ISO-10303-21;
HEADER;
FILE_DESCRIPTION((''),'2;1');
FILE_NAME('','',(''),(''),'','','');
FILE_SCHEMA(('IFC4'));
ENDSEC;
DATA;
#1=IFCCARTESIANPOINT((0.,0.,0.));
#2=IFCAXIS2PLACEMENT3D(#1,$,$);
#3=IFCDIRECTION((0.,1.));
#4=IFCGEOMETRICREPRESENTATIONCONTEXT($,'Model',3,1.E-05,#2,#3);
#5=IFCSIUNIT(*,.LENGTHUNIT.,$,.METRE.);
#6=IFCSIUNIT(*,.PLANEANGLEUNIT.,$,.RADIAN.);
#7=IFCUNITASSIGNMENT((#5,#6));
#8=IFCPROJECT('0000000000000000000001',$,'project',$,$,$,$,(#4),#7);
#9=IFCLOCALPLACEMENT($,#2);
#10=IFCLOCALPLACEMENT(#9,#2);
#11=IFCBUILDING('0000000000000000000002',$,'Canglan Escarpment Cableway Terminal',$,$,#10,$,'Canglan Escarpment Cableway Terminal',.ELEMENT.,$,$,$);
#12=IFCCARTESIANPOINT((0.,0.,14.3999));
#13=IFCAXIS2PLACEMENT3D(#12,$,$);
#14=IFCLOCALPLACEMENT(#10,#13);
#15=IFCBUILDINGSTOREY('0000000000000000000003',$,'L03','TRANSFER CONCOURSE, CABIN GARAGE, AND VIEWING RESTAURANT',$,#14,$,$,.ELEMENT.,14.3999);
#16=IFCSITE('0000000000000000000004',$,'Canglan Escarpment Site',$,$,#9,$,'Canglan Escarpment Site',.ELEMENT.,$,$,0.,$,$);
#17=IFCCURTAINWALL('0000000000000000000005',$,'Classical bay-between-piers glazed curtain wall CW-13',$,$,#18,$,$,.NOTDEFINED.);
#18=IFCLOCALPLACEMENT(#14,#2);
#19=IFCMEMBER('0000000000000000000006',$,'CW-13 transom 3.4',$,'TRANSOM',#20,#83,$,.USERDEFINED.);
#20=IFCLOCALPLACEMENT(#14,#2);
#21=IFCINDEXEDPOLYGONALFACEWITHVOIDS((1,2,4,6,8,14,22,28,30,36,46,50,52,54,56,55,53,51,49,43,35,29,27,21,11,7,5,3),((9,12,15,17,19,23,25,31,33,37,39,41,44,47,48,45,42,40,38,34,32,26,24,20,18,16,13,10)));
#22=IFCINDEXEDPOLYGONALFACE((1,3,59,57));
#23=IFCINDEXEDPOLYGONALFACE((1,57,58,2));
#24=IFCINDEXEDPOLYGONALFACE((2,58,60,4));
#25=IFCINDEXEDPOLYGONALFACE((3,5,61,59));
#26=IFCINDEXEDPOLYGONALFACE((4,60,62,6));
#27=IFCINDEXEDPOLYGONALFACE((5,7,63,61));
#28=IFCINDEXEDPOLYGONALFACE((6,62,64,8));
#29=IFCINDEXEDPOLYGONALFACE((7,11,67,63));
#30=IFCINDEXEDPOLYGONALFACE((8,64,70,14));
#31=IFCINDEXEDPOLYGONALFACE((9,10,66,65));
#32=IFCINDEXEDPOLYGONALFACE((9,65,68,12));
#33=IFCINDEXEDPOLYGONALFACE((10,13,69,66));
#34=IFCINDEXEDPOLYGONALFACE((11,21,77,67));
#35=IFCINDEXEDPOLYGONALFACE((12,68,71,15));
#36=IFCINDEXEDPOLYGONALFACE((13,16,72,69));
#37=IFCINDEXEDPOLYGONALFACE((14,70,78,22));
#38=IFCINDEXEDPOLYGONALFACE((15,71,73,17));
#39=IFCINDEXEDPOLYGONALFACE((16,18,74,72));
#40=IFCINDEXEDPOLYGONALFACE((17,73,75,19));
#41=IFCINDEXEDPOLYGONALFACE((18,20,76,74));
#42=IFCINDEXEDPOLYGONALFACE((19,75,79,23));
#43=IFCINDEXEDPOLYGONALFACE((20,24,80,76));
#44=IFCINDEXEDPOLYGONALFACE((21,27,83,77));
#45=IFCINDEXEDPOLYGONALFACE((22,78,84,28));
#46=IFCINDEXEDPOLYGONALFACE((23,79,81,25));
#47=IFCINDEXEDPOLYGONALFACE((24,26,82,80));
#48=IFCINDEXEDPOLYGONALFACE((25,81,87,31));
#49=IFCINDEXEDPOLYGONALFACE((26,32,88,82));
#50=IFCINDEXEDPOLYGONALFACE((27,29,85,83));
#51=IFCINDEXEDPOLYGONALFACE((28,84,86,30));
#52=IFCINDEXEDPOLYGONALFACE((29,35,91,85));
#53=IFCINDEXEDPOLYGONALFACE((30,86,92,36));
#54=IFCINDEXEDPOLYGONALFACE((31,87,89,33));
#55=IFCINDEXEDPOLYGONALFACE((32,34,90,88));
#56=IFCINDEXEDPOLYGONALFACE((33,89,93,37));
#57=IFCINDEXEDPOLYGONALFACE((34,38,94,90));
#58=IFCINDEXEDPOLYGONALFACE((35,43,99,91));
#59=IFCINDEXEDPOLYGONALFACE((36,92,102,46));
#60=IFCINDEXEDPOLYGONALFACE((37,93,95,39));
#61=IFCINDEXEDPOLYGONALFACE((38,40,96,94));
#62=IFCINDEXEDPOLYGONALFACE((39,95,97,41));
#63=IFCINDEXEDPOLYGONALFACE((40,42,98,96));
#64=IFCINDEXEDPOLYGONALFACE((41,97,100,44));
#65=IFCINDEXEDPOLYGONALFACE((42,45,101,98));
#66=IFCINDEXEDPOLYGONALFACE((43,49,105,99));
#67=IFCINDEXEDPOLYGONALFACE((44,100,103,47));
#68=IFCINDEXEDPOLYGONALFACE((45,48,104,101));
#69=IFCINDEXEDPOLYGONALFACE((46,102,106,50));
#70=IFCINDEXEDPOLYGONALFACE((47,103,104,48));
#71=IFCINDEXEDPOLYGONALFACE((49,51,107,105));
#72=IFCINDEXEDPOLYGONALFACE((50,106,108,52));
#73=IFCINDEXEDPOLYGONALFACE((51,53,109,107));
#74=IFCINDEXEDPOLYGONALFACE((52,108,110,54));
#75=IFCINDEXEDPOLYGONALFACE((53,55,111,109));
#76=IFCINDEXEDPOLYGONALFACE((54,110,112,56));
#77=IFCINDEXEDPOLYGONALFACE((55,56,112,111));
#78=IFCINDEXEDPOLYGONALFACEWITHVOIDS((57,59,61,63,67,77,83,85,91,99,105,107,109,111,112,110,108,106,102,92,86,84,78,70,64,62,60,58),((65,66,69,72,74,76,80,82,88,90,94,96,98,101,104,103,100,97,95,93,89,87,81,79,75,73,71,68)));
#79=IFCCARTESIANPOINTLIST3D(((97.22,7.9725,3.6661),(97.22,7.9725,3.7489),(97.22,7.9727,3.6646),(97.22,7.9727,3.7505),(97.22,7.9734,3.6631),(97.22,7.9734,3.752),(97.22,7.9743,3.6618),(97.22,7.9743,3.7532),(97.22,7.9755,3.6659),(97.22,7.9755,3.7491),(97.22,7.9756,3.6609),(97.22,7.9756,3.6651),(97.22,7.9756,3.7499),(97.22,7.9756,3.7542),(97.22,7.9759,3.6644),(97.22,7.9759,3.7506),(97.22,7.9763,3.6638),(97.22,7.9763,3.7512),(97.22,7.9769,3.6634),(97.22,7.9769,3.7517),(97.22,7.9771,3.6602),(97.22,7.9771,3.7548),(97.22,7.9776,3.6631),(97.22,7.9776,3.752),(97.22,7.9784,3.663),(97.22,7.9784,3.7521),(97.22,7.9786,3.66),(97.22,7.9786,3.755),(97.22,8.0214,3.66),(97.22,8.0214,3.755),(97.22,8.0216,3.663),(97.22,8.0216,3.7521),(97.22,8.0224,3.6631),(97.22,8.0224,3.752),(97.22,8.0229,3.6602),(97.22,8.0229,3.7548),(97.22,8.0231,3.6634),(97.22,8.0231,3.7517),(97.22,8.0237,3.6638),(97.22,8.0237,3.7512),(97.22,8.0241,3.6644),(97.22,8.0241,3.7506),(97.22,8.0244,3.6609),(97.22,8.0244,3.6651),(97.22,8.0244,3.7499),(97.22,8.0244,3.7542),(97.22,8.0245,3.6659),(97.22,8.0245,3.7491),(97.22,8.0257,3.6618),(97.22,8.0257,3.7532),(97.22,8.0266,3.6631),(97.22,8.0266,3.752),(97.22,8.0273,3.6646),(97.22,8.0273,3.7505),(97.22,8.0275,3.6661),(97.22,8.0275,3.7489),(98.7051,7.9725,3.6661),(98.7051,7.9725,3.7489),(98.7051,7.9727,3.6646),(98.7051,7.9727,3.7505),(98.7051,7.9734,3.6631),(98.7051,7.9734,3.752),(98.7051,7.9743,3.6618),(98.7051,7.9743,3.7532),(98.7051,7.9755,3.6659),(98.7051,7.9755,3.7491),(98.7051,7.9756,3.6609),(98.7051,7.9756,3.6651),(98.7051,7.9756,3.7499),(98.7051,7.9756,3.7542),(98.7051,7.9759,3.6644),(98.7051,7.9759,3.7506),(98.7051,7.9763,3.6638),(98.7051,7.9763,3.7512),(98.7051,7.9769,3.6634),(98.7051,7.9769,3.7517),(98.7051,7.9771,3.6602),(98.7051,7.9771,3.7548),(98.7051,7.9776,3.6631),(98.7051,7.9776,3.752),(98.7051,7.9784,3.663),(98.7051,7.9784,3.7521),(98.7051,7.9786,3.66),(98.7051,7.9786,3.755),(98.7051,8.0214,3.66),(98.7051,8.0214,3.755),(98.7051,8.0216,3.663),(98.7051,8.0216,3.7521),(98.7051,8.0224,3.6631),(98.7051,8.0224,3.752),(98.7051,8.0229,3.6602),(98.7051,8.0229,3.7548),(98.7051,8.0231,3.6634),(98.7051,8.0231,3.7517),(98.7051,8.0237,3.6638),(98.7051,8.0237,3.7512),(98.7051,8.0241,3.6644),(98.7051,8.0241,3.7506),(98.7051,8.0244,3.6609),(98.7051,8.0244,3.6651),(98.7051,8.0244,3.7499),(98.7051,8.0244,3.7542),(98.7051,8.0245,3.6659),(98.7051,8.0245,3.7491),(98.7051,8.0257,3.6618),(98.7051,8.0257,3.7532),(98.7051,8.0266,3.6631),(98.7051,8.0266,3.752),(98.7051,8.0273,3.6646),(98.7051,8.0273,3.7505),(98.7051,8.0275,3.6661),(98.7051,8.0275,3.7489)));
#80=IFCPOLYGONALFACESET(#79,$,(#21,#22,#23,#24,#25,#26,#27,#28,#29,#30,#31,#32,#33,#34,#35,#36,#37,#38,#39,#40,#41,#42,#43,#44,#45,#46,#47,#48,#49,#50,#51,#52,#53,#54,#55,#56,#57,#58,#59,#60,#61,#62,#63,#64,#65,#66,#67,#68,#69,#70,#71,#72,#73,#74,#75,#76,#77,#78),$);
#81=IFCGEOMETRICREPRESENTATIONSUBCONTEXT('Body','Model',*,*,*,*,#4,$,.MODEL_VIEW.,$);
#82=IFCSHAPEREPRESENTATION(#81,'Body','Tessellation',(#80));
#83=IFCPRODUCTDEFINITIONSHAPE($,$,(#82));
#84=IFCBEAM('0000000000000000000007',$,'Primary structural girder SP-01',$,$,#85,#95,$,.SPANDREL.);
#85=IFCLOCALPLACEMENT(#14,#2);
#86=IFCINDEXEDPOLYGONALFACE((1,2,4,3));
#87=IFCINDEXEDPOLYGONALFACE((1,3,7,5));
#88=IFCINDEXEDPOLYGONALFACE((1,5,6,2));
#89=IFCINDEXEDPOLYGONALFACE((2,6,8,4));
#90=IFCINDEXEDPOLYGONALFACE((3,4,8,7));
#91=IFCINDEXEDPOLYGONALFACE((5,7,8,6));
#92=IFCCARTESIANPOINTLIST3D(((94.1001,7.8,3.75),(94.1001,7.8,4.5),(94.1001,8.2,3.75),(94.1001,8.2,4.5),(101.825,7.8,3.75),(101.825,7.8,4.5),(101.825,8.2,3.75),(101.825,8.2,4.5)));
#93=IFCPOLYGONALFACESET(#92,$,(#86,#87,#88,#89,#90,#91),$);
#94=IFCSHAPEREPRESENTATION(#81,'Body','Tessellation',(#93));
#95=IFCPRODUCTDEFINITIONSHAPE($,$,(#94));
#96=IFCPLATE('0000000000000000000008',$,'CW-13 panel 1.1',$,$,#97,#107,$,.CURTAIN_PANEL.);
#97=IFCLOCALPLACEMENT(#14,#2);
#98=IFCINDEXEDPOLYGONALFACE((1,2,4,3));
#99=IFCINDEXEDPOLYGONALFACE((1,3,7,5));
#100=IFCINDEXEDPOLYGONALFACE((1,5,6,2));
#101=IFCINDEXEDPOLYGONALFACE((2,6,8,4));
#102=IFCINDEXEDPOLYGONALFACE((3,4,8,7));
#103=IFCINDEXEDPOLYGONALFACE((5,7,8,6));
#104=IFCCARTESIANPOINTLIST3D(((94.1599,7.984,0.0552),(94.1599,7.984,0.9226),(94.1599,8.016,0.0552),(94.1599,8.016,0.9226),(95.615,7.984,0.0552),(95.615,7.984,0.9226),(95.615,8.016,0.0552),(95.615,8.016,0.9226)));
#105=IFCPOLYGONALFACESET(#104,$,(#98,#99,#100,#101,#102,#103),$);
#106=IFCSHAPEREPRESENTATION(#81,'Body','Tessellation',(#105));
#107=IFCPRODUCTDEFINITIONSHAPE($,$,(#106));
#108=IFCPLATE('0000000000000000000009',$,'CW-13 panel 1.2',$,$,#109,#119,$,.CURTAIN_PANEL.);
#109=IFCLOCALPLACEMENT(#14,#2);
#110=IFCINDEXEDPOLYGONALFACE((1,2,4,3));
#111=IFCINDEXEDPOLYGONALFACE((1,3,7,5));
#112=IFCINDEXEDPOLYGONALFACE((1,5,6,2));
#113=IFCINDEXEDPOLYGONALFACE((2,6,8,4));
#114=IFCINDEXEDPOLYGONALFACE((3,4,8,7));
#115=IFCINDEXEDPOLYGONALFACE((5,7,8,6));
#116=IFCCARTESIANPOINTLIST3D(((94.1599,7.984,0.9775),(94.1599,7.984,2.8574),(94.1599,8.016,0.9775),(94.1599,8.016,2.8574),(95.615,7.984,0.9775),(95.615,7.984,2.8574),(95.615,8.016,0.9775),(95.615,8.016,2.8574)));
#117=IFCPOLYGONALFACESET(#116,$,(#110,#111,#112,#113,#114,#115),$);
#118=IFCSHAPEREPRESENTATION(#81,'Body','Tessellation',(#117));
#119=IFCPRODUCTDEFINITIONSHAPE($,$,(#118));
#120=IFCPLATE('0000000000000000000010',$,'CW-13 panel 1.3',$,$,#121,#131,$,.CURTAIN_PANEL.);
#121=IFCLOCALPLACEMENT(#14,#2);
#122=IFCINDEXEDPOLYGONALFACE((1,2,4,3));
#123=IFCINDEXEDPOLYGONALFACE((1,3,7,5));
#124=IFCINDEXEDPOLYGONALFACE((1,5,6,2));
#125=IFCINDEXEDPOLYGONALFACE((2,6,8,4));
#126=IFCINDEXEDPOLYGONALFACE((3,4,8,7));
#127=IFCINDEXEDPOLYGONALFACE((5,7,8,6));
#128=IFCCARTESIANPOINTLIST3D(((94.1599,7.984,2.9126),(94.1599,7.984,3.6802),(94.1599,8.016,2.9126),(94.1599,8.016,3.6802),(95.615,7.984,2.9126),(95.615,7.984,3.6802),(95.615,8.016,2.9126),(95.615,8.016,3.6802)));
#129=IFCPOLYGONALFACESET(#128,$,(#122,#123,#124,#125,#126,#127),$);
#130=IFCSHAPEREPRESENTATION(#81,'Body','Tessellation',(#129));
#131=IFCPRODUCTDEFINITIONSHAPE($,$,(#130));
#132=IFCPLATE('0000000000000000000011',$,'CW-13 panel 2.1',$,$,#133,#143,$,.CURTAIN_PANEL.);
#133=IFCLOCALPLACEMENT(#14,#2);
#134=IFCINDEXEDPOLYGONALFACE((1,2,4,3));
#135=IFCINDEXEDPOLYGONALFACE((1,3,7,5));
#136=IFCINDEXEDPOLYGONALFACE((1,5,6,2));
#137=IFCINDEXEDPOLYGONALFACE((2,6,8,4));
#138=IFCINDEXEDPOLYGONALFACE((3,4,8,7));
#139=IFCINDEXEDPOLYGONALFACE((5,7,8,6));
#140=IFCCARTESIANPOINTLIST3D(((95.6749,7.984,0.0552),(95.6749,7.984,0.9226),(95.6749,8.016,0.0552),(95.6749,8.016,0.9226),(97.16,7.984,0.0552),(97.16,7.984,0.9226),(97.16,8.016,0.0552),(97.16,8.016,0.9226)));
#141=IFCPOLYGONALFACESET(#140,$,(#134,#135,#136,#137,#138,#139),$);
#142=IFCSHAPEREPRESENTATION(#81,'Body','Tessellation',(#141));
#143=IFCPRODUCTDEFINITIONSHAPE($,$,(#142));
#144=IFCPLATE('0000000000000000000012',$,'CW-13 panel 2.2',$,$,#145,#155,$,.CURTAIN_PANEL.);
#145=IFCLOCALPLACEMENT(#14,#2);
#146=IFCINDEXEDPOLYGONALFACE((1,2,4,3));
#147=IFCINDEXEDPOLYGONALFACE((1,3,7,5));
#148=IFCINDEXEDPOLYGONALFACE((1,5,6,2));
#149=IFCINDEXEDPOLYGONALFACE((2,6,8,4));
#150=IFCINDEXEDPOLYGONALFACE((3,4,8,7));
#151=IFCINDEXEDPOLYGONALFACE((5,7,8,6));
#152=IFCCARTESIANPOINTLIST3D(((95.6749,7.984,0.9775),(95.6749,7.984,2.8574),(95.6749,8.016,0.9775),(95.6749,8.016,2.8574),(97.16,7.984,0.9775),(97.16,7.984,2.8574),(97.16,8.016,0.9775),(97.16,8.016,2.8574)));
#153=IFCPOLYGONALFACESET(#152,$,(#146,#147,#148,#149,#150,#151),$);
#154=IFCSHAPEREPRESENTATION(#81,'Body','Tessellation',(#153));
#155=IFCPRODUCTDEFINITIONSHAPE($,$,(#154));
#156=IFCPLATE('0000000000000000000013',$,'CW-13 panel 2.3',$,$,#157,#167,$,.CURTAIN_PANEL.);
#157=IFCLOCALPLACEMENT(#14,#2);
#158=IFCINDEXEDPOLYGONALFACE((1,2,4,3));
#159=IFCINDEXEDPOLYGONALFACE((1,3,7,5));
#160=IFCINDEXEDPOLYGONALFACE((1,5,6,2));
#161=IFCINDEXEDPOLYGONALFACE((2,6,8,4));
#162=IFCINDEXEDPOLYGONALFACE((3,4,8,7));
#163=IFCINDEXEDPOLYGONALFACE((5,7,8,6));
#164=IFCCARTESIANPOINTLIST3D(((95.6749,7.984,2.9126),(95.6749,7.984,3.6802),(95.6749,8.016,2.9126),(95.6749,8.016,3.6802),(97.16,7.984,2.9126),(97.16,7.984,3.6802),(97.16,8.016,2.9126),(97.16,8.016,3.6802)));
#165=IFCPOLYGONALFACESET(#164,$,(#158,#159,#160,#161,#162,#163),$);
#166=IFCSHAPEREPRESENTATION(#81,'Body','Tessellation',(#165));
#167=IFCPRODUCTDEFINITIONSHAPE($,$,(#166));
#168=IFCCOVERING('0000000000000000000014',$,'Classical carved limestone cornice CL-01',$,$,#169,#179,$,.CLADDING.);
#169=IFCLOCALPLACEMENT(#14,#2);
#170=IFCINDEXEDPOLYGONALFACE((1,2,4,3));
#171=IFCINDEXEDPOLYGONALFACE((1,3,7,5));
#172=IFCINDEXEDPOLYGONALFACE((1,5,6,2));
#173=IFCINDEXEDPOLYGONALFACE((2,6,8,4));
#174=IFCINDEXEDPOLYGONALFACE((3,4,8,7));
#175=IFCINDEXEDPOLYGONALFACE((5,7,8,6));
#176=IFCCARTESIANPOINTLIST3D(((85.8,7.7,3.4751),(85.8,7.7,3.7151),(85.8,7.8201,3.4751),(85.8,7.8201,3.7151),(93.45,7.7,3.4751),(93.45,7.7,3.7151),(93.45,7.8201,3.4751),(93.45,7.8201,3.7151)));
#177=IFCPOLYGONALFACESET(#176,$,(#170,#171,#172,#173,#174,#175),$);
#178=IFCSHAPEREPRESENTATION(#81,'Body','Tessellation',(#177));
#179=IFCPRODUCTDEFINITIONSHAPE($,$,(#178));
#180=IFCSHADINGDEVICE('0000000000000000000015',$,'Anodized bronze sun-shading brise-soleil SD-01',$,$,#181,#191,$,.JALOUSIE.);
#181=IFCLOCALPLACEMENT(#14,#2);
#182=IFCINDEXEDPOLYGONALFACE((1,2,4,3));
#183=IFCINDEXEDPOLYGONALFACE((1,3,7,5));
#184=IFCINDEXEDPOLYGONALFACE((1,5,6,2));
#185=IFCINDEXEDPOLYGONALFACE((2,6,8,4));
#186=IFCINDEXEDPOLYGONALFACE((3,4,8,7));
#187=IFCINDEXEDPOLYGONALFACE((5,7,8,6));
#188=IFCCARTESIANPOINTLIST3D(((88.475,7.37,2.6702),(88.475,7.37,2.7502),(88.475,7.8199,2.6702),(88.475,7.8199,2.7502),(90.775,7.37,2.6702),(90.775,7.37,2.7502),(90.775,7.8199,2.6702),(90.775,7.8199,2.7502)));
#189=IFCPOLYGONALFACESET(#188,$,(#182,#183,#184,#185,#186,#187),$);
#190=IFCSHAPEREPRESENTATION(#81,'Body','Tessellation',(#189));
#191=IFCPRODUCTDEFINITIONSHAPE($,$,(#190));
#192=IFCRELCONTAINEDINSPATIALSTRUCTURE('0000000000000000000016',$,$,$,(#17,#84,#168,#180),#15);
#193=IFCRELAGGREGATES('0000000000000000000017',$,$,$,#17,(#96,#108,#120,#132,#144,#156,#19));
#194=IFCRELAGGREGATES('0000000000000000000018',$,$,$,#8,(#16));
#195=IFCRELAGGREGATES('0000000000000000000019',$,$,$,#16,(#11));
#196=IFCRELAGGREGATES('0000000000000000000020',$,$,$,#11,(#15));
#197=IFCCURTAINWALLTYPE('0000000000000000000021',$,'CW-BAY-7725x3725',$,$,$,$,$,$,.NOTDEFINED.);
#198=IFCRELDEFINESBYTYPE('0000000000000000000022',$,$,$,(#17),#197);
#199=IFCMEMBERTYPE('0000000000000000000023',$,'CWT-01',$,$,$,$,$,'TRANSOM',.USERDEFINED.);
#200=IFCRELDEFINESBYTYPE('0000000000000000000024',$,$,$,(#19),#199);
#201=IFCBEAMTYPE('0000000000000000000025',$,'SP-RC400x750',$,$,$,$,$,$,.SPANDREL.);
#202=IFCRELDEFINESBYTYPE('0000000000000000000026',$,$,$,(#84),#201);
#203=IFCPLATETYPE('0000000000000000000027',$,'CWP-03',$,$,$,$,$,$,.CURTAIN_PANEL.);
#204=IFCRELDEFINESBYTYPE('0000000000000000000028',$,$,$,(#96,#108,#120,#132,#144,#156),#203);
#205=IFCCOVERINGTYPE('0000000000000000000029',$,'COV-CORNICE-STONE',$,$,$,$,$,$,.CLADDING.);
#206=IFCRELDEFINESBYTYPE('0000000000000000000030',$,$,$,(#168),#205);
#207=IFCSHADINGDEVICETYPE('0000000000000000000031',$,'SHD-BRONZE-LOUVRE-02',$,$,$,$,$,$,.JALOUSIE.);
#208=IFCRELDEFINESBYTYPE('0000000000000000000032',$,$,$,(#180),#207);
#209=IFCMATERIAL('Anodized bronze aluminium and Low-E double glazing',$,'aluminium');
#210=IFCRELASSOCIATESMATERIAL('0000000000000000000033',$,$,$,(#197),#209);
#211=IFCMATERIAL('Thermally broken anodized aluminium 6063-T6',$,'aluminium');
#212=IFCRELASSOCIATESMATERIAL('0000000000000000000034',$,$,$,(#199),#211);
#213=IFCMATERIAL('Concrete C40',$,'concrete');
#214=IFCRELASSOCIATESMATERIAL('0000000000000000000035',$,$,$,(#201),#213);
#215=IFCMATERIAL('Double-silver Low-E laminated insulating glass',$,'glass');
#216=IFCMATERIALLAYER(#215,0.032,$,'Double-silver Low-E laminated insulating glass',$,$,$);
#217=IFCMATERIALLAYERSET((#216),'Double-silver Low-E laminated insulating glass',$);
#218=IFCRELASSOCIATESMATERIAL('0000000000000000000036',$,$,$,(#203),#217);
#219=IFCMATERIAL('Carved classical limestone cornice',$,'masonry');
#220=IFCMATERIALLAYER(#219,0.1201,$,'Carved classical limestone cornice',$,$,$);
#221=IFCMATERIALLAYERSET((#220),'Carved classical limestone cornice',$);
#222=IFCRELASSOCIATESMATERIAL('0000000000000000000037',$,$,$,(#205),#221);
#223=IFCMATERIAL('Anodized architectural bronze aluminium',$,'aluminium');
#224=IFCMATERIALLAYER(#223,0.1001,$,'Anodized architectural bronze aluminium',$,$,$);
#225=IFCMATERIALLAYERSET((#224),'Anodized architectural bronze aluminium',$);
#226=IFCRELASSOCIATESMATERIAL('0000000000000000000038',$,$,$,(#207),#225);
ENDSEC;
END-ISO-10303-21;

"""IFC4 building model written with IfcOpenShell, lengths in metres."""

from ifc_helpers import new_model, si_unit, direction, frame, origin, origin_2d, place, context, subcontext, project, spatial, rectangle, hollow_rectangle, extrude, material, layer, layer_set, material_profile, profile_set, type_object, element, aggregate, save


model = new_model("IFC4")

# Units and contexts
model_context = context("Model", 3, precision=1e-05, world=origin(), true_north=direction((0.0, 1.0)))
body_context = subcontext(model_context, "Body", "Model", "MODEL_VIEW")
ifc_project = project(units=[si_unit("LENGTHUNIT", "METRE"), si_unit("PLANEANGLEUNIT", "RADIAN")], contexts=[model_context])

# Site, building, storey
site_placement = place(None, origin())
site = spatial("IfcSite", under=ifc_project, at=site_placement, Name="Canglan Escarpment Site", LongName="Canglan Escarpment Site", CompositionType="ELEMENT", RefElevation=0.0)
building_placement = place(site_placement, origin())
building = spatial("IfcBuilding", under=site, at=building_placement, Name="Canglan Escarpment Cableway Terminal", LongName="Canglan Escarpment Cableway Terminal", CompositionType="ELEMENT")
storey_placement = place(building_placement, frame((0.0, 0.0, 14.3999)))
storey = spatial("IfcBuildingStorey", under=building, at=storey_placement, Name="L03", Description="TRANSFER CONCOURSE, CABIN GARAGE, AND VIEWING RESTAURANT", CompositionType="ELEMENT", Elevation=14.3999)

# Shared definitions
ifc_material_1 = material(Name="Concrete C40", Category="concrete")

# Curtain wall, member
ifc_material_2 = material(Name="Anodized bronze aluminium and Low-E double glazing", Category="aluminium")
curtain_wall_type = type_object("IfcCurtainWallType", Name="CW-BAY-7725x3725", PredefinedType="NOTDEFINED", material=ifc_material_2)
curtain_wall_placement = place(storey_placement, origin())
curtain_wall = element("IfcCurtainWall", 1, at=curtain_wall_placement, inside=storey, type_object=curtain_wall_type, Name="Classical bay-between-piers glazed curtain wall CW-13", PredefinedType="NOTDEFINED")
ifc_material_3 = material(Name="Thermally broken anodized aluminium 6063-T6", Category="aluminium")
ifc_material_profile_1 = material_profile(ifc_material_3, hollow_rectangle(XDim=0.0549, YDim=0.095, WallThickness=0.0029, InnerFilletRadius=0.0029, OuterFilletRadius=0.0061, at=origin_2d()), Name="ALU-TRAN 55x95x3")
ifc_profile_set_1 = profile_set([ifc_material_profile_1], Name="Thermally broken anodized aluminium 6063-T6")
member_type_1 = type_object("IfcMemberType", Name="CWT-01", ElementType="TRANSOM", PredefinedType="USERDEFINED", material=ifc_profile_set_1)
member_1_placement = place(storey_placement, frame((97.22, 8.0, 3.7075), z_axis=(1.0, 0.0, 0.0), x_axis=(0.0, 1.0, 0.0)))
member_1 = element("IfcMember", 2, at=member_1_placement, type_object=member_type_1, Name="CW-13 transom 3.4", ObjectType="TRANSOM", PredefinedType="USERDEFINED", context=body_context, shape_type="SweptSolid", body=[
    extrude(hollow_rectangle(XDim=0.0549, YDim=0.095, WallThickness=0.0029, InnerFilletRadius=0.0029, OuterFilletRadius=0.0061, at=origin_2d()), origin(), (0.0, 0.0, 1.0), 1.4851),
])

# Beam
ifc_material_profile_2 = material_profile(ifc_material_1, rectangle(XDim=0.3999, YDim=0.75, at=origin_2d()), Name="RC 400x750")
ifc_profile_set_2 = profile_set([ifc_material_profile_2], Name="Concrete C40")
beam_type = type_object("IfcBeamType", Name="SP-RC400x750", PredefinedType="SPANDREL", material=ifc_profile_set_2)
beam_placement = place(storey_placement, frame((94.1001, 8.0, 4.125), z_axis=(1.0, 0.0, 0.0), x_axis=(0.0, 1.0, 0.0)))
element("IfcBeam", 3, at=beam_placement, inside=storey, type_object=beam_type, Name="Primary structural girder SP-01", PredefinedType="SPANDREL", context=body_context, shape_type="SweptSolid", body=[
    extrude(rectangle(XDim=0.3999, YDim=0.75, at=origin_2d()), origin(), (0.0, 0.0, 1.0), 7.7249),
])

# Plates
ifc_material_4 = material(Name="Double-silver Low-E laminated insulating glass", Category="glass")
ifc_layer_1 = layer(ifc_material_4, 0.032, Name="Double-silver Low-E laminated insulating glass")
ifc_layer_set_1 = layer_set([ifc_layer_1], Name="Double-silver Low-E laminated insulating glass")
plate_type = type_object("IfcPlateType", Name="CWP-03", PredefinedType="CURTAIN_PANEL", material=ifc_layer_set_1)
plate_1_placement = place(storey_placement, frame((94.8875, 8.0, 0.0552), z_axis=(0.0, 0.0, 1.0), x_axis=(1.0, 0.0, 0.0)))
plate_1 = element("IfcPlate", 4, at=plate_1_placement, type_object=plate_type, Name="CW-13 panel 1.1", PredefinedType="CURTAIN_PANEL", context=body_context, shape_type="SweptSolid", body=[
    extrude(rectangle(XDim=1.4551, YDim=0.032, at=origin_2d()), origin(), (0.0, 0.0, 1.0), 0.8674),
])
plate_2_placement = place(storey_placement, frame((94.8875, 8.0, 0.9775), z_axis=(0.0, 0.0, 1.0), x_axis=(1.0, 0.0, 0.0)))
plate_2 = element("IfcPlate", 5, at=plate_2_placement, type_object=plate_type, Name="CW-13 panel 1.2", PredefinedType="CURTAIN_PANEL", context=body_context, shape_type="SweptSolid", body=[
    extrude(rectangle(XDim=1.4551, YDim=0.032, at=origin_2d()), origin(), (0.0, 0.0, 1.0), 1.8799),
])
plate_3_placement = place(storey_placement, frame((94.8875, 8.0, 2.9126), z_axis=(0.0, 0.0, 1.0), x_axis=(1.0, 0.0, 0.0)))
plate_3 = element("IfcPlate", 6, at=plate_3_placement, type_object=plate_type, Name="CW-13 panel 1.3", PredefinedType="CURTAIN_PANEL", context=body_context, shape_type="SweptSolid", body=[
    extrude(rectangle(XDim=1.4551, YDim=0.032, at=origin_2d()), origin(), (0.0, 0.0, 1.0), 0.7676),
])
plate_4_placement = place(storey_placement, frame((96.4175, 8.0, 0.0552), z_axis=(0.0, 0.0, 1.0), x_axis=(1.0, 0.0, 0.0)))
plate_4 = element("IfcPlate", 7, at=plate_4_placement, type_object=plate_type, Name="CW-13 panel 2.1", PredefinedType="CURTAIN_PANEL", context=body_context, shape_type="SweptSolid", body=[
    extrude(rectangle(XDim=1.4851, YDim=0.032, at=origin_2d()), origin(), (0.0, 0.0, 1.0), 0.8674),
])
plate_5_placement = place(storey_placement, frame((96.4175, 8.0, 0.9775), z_axis=(0.0, 0.0, 1.0), x_axis=(1.0, 0.0, 0.0)))
plate_5 = element("IfcPlate", 8, at=plate_5_placement, type_object=plate_type, Name="CW-13 panel 2.2", PredefinedType="CURTAIN_PANEL", context=body_context, shape_type="SweptSolid", body=[
    extrude(rectangle(XDim=1.4851, YDim=0.032, at=origin_2d()), origin(), (0.0, 0.0, 1.0), 1.8799),
])
plate_6_placement = place(storey_placement, frame((96.4175, 8.0, 2.9126), z_axis=(0.0, 0.0, 1.0), x_axis=(1.0, 0.0, 0.0)))
plate_6 = element("IfcPlate", 9, at=plate_6_placement, type_object=plate_type, Name="CW-13 panel 2.3", PredefinedType="CURTAIN_PANEL", context=body_context, shape_type="SweptSolid", body=[
    extrude(rectangle(XDim=1.4851, YDim=0.032, at=origin_2d()), origin(), (0.0, 0.0, 1.0), 0.7676),
])
aggregate(curtain_wall, [plate_1, plate_2, plate_3, plate_4, plate_5, plate_6, member_1])

# Covering
ifc_material_5 = material(Name="Carved classical limestone cornice", Category="masonry")
ifc_layer_2 = layer(ifc_material_5, 0.1201, Name="Carved classical limestone cornice")
ifc_layer_set_2 = layer_set([ifc_layer_2], Name="Carved classical limestone cornice")
covering_type = type_object("IfcCoveringType", Name="COV-CORNICE-STONE", PredefinedType="CLADDING", material=ifc_layer_set_2)
covering_placement = place(storey_placement, frame((89.625, 7.76, 3.4751), z_axis=(0.0, 0.0, 1.0), x_axis=(1.0, 0.0, 0.0)))
element("IfcCovering", 10, at=covering_placement, inside=storey, type_object=covering_type, Name="Classical carved limestone cornice CL-01", PredefinedType="CLADDING", context=body_context, shape_type="SweptSolid", body=[
    extrude(rectangle(XDim=7.6499, YDim=0.1201, at=origin_2d()), origin(), (0.0, 0.0, 1.0), 0.24),
])

# Shading device
ifc_material_6 = material(Name="Anodized architectural bronze aluminium", Category="aluminium")
ifc_layer_3 = layer(ifc_material_6, 0.1001, Name="Anodized architectural bronze aluminium")
ifc_layer_set_3 = layer_set([ifc_layer_3], Name="Anodized architectural bronze aluminium")
shading_device_type = type_object("IfcShadingDeviceType", Name="SHD-BRONZE-LOUVRE-02", PredefinedType="JALOUSIE", material=ifc_layer_set_3)
shading_device_placement = place(storey_placement, frame((89.625, 7.595, 2.6702), z_axis=(0.0, 0.0, 1.0), x_axis=(1.0, 0.0, 0.0)))
element("IfcShadingDevice", 11, at=shading_device_placement, inside=storey, type_object=shading_device_type, Name="Anodized bronze sun-shading brise-soleil SD-01", PredefinedType="JALOUSIE", context=body_context, shape_type="SweptSolid", body=[
    extrude(rectangle(XDim=2.3, YDim=0.45, at=origin_2d()), origin(), (0.0, 0.0, 1.0), 0.0801),
])

save(model, "model.ifc")
